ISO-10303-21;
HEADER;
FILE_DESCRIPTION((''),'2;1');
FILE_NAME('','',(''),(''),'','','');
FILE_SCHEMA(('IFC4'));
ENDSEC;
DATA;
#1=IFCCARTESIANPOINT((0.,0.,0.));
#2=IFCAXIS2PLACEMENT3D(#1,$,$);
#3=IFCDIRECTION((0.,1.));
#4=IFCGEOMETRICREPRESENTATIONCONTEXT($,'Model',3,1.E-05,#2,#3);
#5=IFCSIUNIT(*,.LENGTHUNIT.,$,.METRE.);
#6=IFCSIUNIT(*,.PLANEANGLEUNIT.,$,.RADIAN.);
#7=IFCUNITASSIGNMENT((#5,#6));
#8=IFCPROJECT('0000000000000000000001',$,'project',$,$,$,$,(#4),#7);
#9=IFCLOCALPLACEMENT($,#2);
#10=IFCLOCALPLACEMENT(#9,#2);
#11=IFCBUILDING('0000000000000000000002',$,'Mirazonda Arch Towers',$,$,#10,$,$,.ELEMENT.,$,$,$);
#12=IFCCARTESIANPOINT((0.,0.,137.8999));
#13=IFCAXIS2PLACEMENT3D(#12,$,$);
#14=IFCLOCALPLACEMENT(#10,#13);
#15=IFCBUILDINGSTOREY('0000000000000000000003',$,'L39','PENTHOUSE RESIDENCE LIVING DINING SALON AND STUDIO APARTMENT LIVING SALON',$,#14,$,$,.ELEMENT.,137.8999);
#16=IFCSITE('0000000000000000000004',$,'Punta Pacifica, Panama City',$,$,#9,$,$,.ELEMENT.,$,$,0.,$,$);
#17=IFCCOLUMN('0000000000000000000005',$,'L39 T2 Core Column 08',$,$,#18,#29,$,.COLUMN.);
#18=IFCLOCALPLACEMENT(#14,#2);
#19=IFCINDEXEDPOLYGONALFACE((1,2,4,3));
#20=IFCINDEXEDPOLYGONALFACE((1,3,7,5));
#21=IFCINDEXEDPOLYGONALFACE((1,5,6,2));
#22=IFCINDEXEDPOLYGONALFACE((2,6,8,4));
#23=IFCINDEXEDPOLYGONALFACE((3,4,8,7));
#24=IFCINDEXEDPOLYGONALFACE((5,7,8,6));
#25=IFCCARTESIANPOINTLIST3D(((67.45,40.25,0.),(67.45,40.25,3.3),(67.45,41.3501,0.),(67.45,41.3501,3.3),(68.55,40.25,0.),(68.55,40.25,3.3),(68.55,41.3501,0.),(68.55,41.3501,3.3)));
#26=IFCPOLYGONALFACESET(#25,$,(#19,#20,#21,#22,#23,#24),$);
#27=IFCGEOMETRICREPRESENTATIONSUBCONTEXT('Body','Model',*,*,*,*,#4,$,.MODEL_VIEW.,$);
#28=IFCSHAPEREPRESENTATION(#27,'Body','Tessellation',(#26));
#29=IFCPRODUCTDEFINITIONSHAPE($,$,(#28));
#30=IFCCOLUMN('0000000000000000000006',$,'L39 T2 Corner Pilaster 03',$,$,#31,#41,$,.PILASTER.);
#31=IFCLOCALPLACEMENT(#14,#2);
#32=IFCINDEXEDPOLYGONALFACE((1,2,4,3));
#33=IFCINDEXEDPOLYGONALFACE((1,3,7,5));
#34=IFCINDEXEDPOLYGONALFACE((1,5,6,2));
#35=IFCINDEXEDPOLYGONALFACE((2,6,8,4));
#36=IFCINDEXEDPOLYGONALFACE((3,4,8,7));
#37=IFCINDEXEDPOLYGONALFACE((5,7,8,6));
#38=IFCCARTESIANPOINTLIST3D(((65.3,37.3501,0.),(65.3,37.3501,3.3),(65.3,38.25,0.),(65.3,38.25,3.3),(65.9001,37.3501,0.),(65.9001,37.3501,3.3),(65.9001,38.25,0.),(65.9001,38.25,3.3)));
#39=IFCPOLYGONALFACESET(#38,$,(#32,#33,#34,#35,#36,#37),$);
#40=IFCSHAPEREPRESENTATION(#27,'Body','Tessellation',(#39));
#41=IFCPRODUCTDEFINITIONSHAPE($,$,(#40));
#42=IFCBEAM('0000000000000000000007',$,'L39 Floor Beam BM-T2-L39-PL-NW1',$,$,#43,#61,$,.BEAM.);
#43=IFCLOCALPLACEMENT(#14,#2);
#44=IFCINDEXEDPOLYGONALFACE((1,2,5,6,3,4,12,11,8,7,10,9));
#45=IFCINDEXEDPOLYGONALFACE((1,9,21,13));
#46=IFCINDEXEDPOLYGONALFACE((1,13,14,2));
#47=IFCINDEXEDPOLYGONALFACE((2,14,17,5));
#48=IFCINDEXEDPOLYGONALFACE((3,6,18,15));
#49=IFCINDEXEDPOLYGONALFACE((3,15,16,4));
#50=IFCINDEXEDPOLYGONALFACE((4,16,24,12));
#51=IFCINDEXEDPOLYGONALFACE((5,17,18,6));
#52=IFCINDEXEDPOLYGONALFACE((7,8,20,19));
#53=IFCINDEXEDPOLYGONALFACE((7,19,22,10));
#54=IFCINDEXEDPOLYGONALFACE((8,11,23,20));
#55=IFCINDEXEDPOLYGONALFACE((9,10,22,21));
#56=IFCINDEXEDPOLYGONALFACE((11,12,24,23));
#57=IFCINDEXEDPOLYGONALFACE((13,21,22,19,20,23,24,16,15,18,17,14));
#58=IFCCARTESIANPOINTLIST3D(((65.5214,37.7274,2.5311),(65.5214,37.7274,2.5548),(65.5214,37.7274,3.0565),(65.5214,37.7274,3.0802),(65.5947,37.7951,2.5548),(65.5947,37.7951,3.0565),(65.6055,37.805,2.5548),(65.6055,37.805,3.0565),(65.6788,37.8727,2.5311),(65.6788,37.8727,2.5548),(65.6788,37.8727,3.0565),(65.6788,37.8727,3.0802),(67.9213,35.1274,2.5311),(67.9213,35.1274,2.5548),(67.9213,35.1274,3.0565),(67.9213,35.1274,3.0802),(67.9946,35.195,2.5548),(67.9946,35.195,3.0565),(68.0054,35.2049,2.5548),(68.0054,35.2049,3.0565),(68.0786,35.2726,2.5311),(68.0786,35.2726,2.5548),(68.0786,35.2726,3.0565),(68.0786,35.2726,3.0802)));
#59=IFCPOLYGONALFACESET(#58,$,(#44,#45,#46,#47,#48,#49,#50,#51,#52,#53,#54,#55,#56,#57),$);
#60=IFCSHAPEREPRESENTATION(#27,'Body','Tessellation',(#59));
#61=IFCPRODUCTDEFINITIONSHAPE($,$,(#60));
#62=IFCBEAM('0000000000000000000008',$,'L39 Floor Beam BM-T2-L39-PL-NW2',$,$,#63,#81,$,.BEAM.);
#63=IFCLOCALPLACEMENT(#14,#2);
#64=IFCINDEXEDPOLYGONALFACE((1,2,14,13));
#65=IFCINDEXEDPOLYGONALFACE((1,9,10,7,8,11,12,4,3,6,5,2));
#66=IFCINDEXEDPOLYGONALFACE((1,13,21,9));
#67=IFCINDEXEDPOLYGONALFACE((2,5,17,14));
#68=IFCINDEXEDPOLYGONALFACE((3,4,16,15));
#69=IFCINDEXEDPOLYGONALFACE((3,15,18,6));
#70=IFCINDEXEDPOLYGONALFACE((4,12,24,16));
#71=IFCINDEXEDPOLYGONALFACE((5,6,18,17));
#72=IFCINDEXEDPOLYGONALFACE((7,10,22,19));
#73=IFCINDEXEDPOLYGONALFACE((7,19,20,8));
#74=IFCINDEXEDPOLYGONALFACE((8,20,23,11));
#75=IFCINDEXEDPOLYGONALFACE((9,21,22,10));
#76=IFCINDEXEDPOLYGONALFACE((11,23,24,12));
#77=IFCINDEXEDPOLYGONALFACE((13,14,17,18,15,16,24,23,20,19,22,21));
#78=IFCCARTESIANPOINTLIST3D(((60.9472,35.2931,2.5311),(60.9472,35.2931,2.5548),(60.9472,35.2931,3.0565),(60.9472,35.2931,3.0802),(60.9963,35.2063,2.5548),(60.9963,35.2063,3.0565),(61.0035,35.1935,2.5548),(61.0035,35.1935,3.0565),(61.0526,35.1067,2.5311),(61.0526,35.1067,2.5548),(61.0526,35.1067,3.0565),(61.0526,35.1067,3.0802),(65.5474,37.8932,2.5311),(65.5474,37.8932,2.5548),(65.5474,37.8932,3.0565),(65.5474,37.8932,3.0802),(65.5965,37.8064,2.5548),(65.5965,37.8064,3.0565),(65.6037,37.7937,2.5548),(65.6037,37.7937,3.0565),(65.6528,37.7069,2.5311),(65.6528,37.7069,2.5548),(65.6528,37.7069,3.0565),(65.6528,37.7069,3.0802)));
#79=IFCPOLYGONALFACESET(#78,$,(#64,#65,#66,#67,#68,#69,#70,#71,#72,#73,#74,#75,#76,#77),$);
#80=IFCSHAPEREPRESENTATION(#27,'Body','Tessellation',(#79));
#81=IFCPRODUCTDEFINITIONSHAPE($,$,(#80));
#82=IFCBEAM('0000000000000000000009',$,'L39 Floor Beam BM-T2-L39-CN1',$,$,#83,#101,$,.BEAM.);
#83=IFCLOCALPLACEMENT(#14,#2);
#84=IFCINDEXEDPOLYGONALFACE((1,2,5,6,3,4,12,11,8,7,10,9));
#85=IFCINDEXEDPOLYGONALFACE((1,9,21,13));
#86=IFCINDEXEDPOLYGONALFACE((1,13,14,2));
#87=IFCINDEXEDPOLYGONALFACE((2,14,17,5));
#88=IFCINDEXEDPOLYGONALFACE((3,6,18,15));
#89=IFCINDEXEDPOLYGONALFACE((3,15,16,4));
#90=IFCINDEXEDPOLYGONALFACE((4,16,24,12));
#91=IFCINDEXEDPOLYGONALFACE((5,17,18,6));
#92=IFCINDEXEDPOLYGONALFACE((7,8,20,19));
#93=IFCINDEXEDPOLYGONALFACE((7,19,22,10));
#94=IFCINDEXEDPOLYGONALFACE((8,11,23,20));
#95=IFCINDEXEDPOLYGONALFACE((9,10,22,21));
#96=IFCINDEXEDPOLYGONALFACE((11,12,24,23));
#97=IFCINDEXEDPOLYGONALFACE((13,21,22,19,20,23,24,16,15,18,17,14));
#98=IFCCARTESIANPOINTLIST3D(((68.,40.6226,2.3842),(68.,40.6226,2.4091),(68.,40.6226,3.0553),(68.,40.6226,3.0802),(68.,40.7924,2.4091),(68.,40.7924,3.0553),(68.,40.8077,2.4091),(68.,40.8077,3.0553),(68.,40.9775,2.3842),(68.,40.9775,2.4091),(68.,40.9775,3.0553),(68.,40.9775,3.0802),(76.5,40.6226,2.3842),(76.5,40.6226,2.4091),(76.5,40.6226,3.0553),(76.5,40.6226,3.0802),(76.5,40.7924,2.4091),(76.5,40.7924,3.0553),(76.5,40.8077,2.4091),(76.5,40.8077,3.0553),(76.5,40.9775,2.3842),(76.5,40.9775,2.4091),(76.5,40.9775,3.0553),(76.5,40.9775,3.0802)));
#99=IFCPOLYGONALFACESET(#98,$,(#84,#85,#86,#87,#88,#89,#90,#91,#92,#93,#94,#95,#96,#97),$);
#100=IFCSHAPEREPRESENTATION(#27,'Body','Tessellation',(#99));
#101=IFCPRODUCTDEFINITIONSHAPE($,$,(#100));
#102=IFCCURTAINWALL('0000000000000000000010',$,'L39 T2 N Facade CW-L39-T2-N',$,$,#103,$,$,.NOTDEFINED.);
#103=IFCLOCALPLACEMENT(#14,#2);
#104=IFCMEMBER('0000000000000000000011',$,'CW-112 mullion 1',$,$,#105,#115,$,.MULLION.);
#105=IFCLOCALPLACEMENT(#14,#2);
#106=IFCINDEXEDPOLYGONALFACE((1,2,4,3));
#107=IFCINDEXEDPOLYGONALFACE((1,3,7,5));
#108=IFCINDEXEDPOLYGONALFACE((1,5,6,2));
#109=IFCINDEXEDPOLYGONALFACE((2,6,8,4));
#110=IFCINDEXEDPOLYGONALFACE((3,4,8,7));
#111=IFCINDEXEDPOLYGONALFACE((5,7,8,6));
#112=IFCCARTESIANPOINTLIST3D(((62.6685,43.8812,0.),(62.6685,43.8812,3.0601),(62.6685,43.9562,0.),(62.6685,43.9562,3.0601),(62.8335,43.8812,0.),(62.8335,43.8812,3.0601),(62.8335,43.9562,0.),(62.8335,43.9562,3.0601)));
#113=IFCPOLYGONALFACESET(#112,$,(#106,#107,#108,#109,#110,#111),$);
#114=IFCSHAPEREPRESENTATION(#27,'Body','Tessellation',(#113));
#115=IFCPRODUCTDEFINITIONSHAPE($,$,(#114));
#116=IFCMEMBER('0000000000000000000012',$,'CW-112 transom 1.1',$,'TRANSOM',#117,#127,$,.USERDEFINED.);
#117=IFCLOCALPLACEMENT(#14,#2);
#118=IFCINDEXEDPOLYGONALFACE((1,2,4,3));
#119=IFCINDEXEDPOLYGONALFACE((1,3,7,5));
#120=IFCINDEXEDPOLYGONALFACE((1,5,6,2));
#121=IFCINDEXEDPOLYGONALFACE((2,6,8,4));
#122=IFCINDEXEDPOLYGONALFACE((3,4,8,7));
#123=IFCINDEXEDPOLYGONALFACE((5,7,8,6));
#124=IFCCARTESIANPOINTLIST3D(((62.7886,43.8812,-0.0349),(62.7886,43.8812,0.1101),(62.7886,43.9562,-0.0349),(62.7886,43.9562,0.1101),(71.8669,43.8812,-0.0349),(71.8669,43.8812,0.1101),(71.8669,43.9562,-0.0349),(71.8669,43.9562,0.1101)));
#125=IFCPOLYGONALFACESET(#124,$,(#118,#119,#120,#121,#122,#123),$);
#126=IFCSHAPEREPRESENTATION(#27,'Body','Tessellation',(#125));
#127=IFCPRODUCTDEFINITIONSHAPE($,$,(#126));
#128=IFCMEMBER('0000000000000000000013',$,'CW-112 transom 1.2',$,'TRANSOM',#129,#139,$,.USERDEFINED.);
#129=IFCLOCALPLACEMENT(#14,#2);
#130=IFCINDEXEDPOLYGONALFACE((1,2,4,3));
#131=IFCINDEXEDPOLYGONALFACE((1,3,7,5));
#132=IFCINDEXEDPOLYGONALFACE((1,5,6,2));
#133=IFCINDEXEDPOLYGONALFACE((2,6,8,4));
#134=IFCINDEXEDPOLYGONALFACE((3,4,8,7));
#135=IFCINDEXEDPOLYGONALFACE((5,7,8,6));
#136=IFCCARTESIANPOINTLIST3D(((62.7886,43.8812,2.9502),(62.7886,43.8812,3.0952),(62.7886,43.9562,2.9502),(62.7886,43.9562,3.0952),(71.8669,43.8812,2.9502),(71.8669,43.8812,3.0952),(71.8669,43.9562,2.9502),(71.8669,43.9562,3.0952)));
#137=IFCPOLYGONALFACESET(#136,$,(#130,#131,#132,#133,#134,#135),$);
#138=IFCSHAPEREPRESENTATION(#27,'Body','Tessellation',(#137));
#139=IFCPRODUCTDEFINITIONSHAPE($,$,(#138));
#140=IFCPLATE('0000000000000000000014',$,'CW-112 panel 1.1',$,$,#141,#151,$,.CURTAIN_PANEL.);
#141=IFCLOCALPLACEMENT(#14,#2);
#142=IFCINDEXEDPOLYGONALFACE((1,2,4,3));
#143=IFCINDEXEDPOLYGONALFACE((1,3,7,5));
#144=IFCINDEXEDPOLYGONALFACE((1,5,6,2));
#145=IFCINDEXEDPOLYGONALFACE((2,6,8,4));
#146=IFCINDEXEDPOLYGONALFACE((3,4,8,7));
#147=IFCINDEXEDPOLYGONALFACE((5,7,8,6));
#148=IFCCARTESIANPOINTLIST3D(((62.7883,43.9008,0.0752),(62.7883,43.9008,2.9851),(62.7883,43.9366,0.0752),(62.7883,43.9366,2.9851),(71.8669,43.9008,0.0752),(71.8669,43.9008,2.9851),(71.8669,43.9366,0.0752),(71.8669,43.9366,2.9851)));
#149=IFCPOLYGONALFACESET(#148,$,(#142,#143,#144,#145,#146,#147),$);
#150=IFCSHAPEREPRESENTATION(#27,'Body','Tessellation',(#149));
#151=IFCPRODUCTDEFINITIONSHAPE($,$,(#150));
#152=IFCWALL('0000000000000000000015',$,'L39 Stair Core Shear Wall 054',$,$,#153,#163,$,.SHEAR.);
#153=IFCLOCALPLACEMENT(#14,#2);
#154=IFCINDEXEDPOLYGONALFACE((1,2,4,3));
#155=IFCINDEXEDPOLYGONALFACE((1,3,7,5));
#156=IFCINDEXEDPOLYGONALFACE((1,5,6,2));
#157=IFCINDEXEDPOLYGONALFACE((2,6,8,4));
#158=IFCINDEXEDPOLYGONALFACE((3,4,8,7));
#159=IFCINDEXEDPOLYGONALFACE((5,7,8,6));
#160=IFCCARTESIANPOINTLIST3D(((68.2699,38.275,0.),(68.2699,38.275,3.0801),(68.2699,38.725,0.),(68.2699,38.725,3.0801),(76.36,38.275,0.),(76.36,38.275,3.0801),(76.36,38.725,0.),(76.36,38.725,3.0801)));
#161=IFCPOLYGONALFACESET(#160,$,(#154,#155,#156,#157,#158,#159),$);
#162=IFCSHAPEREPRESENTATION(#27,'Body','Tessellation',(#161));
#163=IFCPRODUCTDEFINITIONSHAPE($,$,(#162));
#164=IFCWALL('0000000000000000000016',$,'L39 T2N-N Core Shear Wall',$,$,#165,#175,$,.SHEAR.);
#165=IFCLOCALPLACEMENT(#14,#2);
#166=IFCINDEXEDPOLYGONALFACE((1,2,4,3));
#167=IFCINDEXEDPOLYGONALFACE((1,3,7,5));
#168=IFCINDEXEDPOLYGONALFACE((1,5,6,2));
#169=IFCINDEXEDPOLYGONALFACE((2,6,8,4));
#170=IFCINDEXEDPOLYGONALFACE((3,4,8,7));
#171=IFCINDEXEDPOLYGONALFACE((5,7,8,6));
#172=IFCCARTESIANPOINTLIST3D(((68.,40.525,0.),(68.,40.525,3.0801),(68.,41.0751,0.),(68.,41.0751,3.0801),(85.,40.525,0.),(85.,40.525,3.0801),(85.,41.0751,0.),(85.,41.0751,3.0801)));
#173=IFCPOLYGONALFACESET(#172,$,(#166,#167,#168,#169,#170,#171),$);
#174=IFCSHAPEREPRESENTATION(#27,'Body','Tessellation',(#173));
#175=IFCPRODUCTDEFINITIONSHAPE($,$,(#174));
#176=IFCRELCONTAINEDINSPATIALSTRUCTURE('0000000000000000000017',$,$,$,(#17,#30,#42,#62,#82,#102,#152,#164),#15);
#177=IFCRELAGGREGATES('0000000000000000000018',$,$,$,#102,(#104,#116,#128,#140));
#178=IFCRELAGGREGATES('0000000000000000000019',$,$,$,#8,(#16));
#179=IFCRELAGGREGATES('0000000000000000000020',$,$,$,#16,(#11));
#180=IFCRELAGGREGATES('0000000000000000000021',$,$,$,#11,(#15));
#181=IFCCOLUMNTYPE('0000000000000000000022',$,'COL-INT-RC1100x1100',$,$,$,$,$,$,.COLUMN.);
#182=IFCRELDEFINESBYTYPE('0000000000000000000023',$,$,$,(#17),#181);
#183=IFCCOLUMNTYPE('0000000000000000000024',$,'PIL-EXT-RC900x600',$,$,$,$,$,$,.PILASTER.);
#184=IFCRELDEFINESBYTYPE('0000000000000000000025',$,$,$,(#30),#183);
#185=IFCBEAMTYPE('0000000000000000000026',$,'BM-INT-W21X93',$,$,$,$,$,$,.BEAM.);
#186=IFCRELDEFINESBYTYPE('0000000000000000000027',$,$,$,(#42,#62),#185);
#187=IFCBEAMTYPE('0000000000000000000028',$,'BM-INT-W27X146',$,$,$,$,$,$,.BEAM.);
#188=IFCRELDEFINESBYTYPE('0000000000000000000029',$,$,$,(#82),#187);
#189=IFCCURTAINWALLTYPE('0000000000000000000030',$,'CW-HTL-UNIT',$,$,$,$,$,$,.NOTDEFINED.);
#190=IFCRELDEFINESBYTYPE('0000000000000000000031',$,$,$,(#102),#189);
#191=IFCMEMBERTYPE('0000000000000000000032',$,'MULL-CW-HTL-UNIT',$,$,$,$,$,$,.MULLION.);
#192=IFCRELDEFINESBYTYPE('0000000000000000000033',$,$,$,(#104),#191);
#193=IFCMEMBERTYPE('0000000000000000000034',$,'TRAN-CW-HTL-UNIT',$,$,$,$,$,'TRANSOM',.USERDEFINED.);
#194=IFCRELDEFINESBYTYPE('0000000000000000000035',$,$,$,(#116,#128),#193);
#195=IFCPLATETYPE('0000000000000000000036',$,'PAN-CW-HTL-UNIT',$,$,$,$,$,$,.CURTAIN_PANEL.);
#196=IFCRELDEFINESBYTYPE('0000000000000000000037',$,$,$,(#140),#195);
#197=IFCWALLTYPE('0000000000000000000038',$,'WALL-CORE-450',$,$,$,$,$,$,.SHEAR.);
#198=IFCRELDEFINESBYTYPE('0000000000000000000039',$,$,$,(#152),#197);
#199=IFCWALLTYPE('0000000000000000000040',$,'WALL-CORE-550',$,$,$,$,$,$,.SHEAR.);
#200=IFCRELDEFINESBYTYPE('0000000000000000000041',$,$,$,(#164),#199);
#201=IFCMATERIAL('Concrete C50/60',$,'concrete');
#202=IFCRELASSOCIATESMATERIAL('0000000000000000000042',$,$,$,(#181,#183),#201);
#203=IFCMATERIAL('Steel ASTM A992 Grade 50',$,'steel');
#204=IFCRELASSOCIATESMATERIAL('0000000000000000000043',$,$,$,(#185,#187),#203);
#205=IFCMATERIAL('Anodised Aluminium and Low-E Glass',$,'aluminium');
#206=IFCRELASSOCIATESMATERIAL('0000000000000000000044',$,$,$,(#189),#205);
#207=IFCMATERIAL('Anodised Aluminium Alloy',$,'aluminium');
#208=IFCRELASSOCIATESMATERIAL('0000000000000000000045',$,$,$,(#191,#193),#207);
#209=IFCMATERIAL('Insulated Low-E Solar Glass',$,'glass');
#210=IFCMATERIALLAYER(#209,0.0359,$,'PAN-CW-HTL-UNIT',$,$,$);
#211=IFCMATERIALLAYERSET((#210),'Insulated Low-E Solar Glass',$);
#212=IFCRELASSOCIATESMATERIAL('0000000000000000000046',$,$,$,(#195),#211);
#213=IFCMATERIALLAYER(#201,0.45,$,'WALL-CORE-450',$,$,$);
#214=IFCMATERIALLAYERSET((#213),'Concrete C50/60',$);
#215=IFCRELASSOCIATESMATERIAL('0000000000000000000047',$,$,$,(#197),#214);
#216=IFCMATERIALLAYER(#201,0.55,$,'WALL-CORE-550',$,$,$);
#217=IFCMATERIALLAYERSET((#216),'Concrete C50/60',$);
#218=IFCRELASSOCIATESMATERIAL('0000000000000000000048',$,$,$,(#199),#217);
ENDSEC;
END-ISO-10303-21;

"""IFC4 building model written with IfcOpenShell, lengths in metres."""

from ifc_helpers import new_model, si_unit, direction, frame, frame_2d, origin, origin_2d, place, context, subcontext, project, spatial, rectangle, i_section, extrude, material, layer, layer_set, material_profile, profile_set, type_object, element, aggregate, save


model = new_model("IFC4")

# Units and contexts
model_context = context("Model", 3, precision=1e-05, world=origin(), true_north=direction((0.0, 1.0)))
body_context = subcontext(model_context, "Body", "Model", "MODEL_VIEW")
ifc_project = project(units=[si_unit("LENGTHUNIT", "METRE"), si_unit("PLANEANGLEUNIT", "RADIAN")], contexts=[model_context])

# Site, building, storey
site_placement = place(None, origin())
site = spatial("IfcSite", under=ifc_project, at=site_placement, Name="Punta Pacifica, Panama City", CompositionType="ELEMENT", RefElevation=0.0)
building_placement = place(site_placement, origin())
building = spatial("IfcBuilding", under=site, at=building_placement, Name="Mirazonda Arch Towers", CompositionType="ELEMENT")
storey_placement = place(building_placement, frame((0.0, 0.0, 137.8999)))
storey = spatial("IfcBuildingStorey", under=building, at=storey_placement, Name="L39", Description="PENTHOUSE RESIDENCE LIVING DINING SALON AND STUDIO APARTMENT LIVING SALON", CompositionType="ELEMENT", Elevation=137.8999)

# Columns
ifc_material_1 = material(Name="Concrete C50/60", Category="concrete")
ifc_material_profile_1 = material_profile(ifc_material_1, rectangle(XDim=1.1001, YDim=1.1001, at=origin_2d()), Name="RC1100x1100")
ifc_profile_set_1 = profile_set([ifc_material_profile_1], Name="Concrete C50/60")
column_type_1 = type_object("IfcColumnType", Name="COL-INT-RC1100x1100", PredefinedType="COLUMN", material=ifc_profile_set_1)
column_1_placement = place(storey_placement, frame((68.0, 40.8, 0.0), z_axis=(0.0, 0.0, 1.0), x_axis=(1.0, 0.0, 0.0)))
element("IfcColumn", 1, at=column_1_placement, inside=storey, type_object=column_type_1, Name="L39 T2 Core Column 08", PredefinedType="COLUMN", context=body_context, shape_type="SweptSolid", body=[
    extrude(rectangle(XDim=1.1001, YDim=1.1001, at=origin_2d()), origin(), (0.0, 0.0, 1.0), 3.3),
])
ifc_material_profile_2 = material_profile(ifc_material_1, rectangle(XDim=0.6001, YDim=0.8999, at=origin_2d()), Name="RC900x600")
ifc_profile_set_2 = profile_set([ifc_material_profile_2], Name="Concrete C50/60")
column_type_2 = type_object("IfcColumnType", Name="PIL-EXT-RC900x600", PredefinedType="PILASTER", material=ifc_profile_set_2)
column_2_placement = place(storey_placement, frame((65.6001, 37.8, 0.0), z_axis=(0.0, 0.0, 1.0), x_axis=(1.0, 0.0, 0.0)))
element("IfcColumn", 2, at=column_2_placement, inside=storey, type_object=column_type_2, Name="L39 T2 Corner Pilaster 03", PredefinedType="PILASTER", context=body_context, shape_type="SweptSolid", body=[
    extrude(rectangle(XDim=0.6001, YDim=0.8999, at=origin_2d()), origin(), (0.0, 0.0, 1.0), 3.3),
])

# Beams
ifc_material_2 = material(Name="Steel ASTM A992 Grade 50", Category="steel")
ifc_material_profile_3 = material_profile(ifc_material_2, i_section(OverallWidth=0.2141, OverallDepth=0.5491, WebThickness=0.0146, FlangeThickness=0.0237, at=origin_2d()), Name="W21X93")
ifc_profile_set_3 = profile_set([ifc_material_profile_3], Name="Steel ASTM A992 Grade 50")
beam_type_1 = type_object("IfcBeamType", Name="BM-INT-W21X93", PredefinedType="BEAM", material=ifc_profile_set_3)
beam_1_placement = place(storey_placement, frame((65.6001, 37.8, 2.8057), z_axis=(0.678251, -0.73483, 0.0), x_axis=(0.73483, 0.678251, 0.0)))
element("IfcBeam", 3, at=beam_1_placement, inside=storey, type_object=beam_type_1, Name="L39 Floor Beam BM-T2-L39-PL-NW1", PredefinedType="BEAM", context=body_context, shape_type="SweptSolid", body=[
    extrude(i_section(OverallWidth=0.2141, OverallDepth=0.5491, WebThickness=0.0146, FlangeThickness=0.0237, at=origin_2d()), origin(), (0.0, 0.0, 1.0), 3.5383),
])
beam_2_placement = place(storey_placement, frame((65.6001, 37.8, 2.8057), z_axis=(-0.870559, -0.492063, 0.0), x_axis=(0.492063, -0.870559, 0.0)))
element("IfcBeam", 4, at=beam_2_placement, inside=storey, type_object=beam_type_1, Name="L39 Floor Beam BM-T2-L39-PL-NW2", PredefinedType="BEAM", context=body_context, shape_type="SweptSolid", body=[
    extrude(i_section(OverallWidth=0.2141, OverallDepth=0.5491, WebThickness=0.0146, FlangeThickness=0.0237, at=origin_2d()), origin(), (0.0, 0.0, 1.0), 5.2842),
])
ifc_material_profile_4 = material_profile(ifc_material_2, i_section(OverallWidth=0.355, OverallDepth=0.696, WebThickness=0.0154, FlangeThickness=0.0249, at=origin_2d()), Name="W27X146")
ifc_profile_set_4 = profile_set([ifc_material_profile_4], Name="Steel ASTM A992 Grade 50")
beam_type_2 = type_object("IfcBeamType", Name="BM-INT-W27X146", PredefinedType="BEAM", material=ifc_profile_set_4)
beam_3_placement = place(storey_placement, frame((68.0, 40.8, 2.7322), z_axis=(1.0, 0.0, 0.0), x_axis=(0.0, 1.0, 0.0)))
element("IfcBeam", 5, at=beam_3_placement, inside=storey, type_object=beam_type_2, Name="L39 Floor Beam BM-T2-L39-CN1", PredefinedType="BEAM", context=body_context, shape_type="SweptSolid", body=[
    extrude(i_section(OverallWidth=0.355, OverallDepth=0.696, WebThickness=0.0154, FlangeThickness=0.0249, at=origin_2d()), origin(), (0.0, 0.0, 1.0), 8.5),
])

# Curtain wall, members, plate
ifc_material_3 = material(Name="Anodised Aluminium and Low-E Glass", Category="aluminium")
curtain_wall_type = type_object("IfcCurtainWallType", Name="CW-HTL-UNIT", PredefinedType="NOTDEFINED", material=ifc_material_3)
curtain_wall_placement = place(storey_placement, origin())
curtain_wall = element("IfcCurtainWall", 6, at=curtain_wall_placement, inside=storey, type_object=curtain_wall_type, Name="L39 T2 N Facade CW-L39-T2-N", PredefinedType="NOTDEFINED")
ifc_material_4 = material(Name="Anodised Aluminium Alloy", Category="aluminium")
ifc_material_profile_5 = material_profile(ifc_material_4, rectangle(XDim=0.075, YDim=0.165, at=origin_2d()), Name="ALU-MULL-75x165")
ifc_profile_set_5 = profile_set([ifc_material_profile_5], Name="Anodised Aluminium Alloy")
member_type_1 = type_object("IfcMemberType", Name="MULL-CW-HTL-UNIT", PredefinedType="MULLION", material=ifc_profile_set_5)
member_1_placement = place(storey_placement, frame((62.751, 43.9187, 0.0), z_axis=(0.0, 0.0, 1.0), x_axis=(0.0, 1.0, 0.0)))
member_1 = element("IfcMember", 7, at=member_1_placement, type_object=member_type_1, Name="CW-112 mullion 1", PredefinedType="MULLION", context=body_context, shape_type="SweptSolid", body=[
    extrude(rectangle(XDim=0.075, YDim=0.165, at=origin_2d()), origin(), (0.0, 0.0, 1.0), 3.0601),
])
ifc_material_profile_6 = material_profile(ifc_material_4, rectangle(XDim=0.075, YDim=0.145, at=origin_2d()), Name="ALU-TRAN-75x145")
ifc_profile_set_6 = profile_set([ifc_material_profile_6], Name="Anodised Aluminium Alloy")
member_type_2 = type_object("IfcMemberType", Name="TRAN-CW-HTL-UNIT", ElementType="TRANSOM", PredefinedType="USERDEFINED", material=ifc_profile_set_6)
member_2_placement = place(storey_placement, frame((62.7886, 43.9187, 0.0376), z_axis=(1.0, 0.0, 0.0), x_axis=(0.0, 1.0, 0.0)))
member_2 = element("IfcMember", 8, at=member_2_placement, type_object=member_type_2, Name="CW-112 transom 1.1", ObjectType="TRANSOM", PredefinedType="USERDEFINED", context=body_context, shape_type="SweptSolid", body=[
    extrude(rectangle(XDim=0.075, YDim=0.145, at=origin_2d()), origin(), (0.0, 0.0, 1.0), 9.0784),
])
member_3_placement = place(storey_placement, frame((62.7886, 43.9187, 3.0227), z_axis=(1.0, 0.0, 0.0), x_axis=(0.0, 1.0, 0.0)))
member_3 = element("IfcMember", 9, at=member_3_placement, type_object=member_type_2, Name="CW-112 transom 1.2", ObjectType="TRANSOM", PredefinedType="USERDEFINED", context=body_context, shape_type="SweptSolid", body=[
    extrude(rectangle(XDim=0.075, YDim=0.145, at=origin_2d()), origin(), (0.0, 0.0, 1.0), 9.0784),
])
ifc_material_5 = material(Name="Insulated Low-E Solar Glass", Category="glass")
ifc_layer_1 = layer(ifc_material_5, 0.0359, Name="PAN-CW-HTL-UNIT")
ifc_layer_set_1 = layer_set([ifc_layer_1], Name="Insulated Low-E Solar Glass")
plate_type = type_object("IfcPlateType", Name="PAN-CW-HTL-UNIT", PredefinedType="CURTAIN_PANEL", material=ifc_layer_set_1)
plate_placement = place(storey_placement, frame((67.3276, 43.9187, 0.0752), z_axis=(0.0, 0.0, 1.0), x_axis=(1.0, 0.0, 0.0)))
plate = element("IfcPlate", 10, at=plate_placement, type_object=plate_type, Name="CW-112 panel 1.1", PredefinedType="CURTAIN_PANEL", context=body_context, shape_type="SweptSolid", body=[
    extrude(rectangle(XDim=9.0786, YDim=0.0359, at=origin_2d()), origin(), (0.0, 0.0, 1.0), 2.9099),
])
aggregate(curtain_wall, [member_1, member_2, member_3, plate])

# Walls
ifc_layer_2 = layer(ifc_material_1, 0.45, Name="WALL-CORE-450")
ifc_layer_set_2 = layer_set([ifc_layer_2], Name="Concrete C50/60")
wall_type_1 = type_object("IfcWallType", Name="WALL-CORE-450", PredefinedType="SHEAR", material=ifc_layer_set_2)
wall_1_placement = place(storey_placement, frame((68.27, 38.5, 0.0), z_axis=(0.0, 0.0, 1.0), x_axis=(1.0, 0.0, 0.0)))
element("IfcWall", 11, at=wall_1_placement, inside=storey, type_object=wall_type_1, Name="L39 Stair Core Shear Wall 054", PredefinedType="SHEAR", context=body_context, shape_type="SweptSolid", body=[
    extrude(rectangle(XDim=8.0901, YDim=0.45, at=frame_2d((4.0449, 0.0))), origin(), (0.0, 0.0, 1.0), 3.0801),
])
ifc_layer_3 = layer(ifc_material_1, 0.55, Name="WALL-CORE-550")
ifc_layer_set_3 = layer_set([ifc_layer_3], Name="Concrete C50/60")
wall_type_2 = type_object("IfcWallType", Name="WALL-CORE-550", PredefinedType="SHEAR", material=ifc_layer_set_3)
wall_2_placement = place(storey_placement, frame((68.0, 40.8, 0.0), z_axis=(0.0, 0.0, 1.0), x_axis=(1.0, 0.0, 0.0)))
element("IfcWall", 12, at=wall_2_placement, inside=storey, type_object=wall_type_2, Name="L39 T2N-N Core Shear Wall", PredefinedType="SHEAR", context=body_context, shape_type="SweptSolid", body=[
    extrude(rectangle(XDim=17.0, YDim=0.55, at=frame_2d((8.5, 0.0))), origin(), (0.0, 0.0, 1.0), 3.0801),
])

save(model, "model.ifc")
